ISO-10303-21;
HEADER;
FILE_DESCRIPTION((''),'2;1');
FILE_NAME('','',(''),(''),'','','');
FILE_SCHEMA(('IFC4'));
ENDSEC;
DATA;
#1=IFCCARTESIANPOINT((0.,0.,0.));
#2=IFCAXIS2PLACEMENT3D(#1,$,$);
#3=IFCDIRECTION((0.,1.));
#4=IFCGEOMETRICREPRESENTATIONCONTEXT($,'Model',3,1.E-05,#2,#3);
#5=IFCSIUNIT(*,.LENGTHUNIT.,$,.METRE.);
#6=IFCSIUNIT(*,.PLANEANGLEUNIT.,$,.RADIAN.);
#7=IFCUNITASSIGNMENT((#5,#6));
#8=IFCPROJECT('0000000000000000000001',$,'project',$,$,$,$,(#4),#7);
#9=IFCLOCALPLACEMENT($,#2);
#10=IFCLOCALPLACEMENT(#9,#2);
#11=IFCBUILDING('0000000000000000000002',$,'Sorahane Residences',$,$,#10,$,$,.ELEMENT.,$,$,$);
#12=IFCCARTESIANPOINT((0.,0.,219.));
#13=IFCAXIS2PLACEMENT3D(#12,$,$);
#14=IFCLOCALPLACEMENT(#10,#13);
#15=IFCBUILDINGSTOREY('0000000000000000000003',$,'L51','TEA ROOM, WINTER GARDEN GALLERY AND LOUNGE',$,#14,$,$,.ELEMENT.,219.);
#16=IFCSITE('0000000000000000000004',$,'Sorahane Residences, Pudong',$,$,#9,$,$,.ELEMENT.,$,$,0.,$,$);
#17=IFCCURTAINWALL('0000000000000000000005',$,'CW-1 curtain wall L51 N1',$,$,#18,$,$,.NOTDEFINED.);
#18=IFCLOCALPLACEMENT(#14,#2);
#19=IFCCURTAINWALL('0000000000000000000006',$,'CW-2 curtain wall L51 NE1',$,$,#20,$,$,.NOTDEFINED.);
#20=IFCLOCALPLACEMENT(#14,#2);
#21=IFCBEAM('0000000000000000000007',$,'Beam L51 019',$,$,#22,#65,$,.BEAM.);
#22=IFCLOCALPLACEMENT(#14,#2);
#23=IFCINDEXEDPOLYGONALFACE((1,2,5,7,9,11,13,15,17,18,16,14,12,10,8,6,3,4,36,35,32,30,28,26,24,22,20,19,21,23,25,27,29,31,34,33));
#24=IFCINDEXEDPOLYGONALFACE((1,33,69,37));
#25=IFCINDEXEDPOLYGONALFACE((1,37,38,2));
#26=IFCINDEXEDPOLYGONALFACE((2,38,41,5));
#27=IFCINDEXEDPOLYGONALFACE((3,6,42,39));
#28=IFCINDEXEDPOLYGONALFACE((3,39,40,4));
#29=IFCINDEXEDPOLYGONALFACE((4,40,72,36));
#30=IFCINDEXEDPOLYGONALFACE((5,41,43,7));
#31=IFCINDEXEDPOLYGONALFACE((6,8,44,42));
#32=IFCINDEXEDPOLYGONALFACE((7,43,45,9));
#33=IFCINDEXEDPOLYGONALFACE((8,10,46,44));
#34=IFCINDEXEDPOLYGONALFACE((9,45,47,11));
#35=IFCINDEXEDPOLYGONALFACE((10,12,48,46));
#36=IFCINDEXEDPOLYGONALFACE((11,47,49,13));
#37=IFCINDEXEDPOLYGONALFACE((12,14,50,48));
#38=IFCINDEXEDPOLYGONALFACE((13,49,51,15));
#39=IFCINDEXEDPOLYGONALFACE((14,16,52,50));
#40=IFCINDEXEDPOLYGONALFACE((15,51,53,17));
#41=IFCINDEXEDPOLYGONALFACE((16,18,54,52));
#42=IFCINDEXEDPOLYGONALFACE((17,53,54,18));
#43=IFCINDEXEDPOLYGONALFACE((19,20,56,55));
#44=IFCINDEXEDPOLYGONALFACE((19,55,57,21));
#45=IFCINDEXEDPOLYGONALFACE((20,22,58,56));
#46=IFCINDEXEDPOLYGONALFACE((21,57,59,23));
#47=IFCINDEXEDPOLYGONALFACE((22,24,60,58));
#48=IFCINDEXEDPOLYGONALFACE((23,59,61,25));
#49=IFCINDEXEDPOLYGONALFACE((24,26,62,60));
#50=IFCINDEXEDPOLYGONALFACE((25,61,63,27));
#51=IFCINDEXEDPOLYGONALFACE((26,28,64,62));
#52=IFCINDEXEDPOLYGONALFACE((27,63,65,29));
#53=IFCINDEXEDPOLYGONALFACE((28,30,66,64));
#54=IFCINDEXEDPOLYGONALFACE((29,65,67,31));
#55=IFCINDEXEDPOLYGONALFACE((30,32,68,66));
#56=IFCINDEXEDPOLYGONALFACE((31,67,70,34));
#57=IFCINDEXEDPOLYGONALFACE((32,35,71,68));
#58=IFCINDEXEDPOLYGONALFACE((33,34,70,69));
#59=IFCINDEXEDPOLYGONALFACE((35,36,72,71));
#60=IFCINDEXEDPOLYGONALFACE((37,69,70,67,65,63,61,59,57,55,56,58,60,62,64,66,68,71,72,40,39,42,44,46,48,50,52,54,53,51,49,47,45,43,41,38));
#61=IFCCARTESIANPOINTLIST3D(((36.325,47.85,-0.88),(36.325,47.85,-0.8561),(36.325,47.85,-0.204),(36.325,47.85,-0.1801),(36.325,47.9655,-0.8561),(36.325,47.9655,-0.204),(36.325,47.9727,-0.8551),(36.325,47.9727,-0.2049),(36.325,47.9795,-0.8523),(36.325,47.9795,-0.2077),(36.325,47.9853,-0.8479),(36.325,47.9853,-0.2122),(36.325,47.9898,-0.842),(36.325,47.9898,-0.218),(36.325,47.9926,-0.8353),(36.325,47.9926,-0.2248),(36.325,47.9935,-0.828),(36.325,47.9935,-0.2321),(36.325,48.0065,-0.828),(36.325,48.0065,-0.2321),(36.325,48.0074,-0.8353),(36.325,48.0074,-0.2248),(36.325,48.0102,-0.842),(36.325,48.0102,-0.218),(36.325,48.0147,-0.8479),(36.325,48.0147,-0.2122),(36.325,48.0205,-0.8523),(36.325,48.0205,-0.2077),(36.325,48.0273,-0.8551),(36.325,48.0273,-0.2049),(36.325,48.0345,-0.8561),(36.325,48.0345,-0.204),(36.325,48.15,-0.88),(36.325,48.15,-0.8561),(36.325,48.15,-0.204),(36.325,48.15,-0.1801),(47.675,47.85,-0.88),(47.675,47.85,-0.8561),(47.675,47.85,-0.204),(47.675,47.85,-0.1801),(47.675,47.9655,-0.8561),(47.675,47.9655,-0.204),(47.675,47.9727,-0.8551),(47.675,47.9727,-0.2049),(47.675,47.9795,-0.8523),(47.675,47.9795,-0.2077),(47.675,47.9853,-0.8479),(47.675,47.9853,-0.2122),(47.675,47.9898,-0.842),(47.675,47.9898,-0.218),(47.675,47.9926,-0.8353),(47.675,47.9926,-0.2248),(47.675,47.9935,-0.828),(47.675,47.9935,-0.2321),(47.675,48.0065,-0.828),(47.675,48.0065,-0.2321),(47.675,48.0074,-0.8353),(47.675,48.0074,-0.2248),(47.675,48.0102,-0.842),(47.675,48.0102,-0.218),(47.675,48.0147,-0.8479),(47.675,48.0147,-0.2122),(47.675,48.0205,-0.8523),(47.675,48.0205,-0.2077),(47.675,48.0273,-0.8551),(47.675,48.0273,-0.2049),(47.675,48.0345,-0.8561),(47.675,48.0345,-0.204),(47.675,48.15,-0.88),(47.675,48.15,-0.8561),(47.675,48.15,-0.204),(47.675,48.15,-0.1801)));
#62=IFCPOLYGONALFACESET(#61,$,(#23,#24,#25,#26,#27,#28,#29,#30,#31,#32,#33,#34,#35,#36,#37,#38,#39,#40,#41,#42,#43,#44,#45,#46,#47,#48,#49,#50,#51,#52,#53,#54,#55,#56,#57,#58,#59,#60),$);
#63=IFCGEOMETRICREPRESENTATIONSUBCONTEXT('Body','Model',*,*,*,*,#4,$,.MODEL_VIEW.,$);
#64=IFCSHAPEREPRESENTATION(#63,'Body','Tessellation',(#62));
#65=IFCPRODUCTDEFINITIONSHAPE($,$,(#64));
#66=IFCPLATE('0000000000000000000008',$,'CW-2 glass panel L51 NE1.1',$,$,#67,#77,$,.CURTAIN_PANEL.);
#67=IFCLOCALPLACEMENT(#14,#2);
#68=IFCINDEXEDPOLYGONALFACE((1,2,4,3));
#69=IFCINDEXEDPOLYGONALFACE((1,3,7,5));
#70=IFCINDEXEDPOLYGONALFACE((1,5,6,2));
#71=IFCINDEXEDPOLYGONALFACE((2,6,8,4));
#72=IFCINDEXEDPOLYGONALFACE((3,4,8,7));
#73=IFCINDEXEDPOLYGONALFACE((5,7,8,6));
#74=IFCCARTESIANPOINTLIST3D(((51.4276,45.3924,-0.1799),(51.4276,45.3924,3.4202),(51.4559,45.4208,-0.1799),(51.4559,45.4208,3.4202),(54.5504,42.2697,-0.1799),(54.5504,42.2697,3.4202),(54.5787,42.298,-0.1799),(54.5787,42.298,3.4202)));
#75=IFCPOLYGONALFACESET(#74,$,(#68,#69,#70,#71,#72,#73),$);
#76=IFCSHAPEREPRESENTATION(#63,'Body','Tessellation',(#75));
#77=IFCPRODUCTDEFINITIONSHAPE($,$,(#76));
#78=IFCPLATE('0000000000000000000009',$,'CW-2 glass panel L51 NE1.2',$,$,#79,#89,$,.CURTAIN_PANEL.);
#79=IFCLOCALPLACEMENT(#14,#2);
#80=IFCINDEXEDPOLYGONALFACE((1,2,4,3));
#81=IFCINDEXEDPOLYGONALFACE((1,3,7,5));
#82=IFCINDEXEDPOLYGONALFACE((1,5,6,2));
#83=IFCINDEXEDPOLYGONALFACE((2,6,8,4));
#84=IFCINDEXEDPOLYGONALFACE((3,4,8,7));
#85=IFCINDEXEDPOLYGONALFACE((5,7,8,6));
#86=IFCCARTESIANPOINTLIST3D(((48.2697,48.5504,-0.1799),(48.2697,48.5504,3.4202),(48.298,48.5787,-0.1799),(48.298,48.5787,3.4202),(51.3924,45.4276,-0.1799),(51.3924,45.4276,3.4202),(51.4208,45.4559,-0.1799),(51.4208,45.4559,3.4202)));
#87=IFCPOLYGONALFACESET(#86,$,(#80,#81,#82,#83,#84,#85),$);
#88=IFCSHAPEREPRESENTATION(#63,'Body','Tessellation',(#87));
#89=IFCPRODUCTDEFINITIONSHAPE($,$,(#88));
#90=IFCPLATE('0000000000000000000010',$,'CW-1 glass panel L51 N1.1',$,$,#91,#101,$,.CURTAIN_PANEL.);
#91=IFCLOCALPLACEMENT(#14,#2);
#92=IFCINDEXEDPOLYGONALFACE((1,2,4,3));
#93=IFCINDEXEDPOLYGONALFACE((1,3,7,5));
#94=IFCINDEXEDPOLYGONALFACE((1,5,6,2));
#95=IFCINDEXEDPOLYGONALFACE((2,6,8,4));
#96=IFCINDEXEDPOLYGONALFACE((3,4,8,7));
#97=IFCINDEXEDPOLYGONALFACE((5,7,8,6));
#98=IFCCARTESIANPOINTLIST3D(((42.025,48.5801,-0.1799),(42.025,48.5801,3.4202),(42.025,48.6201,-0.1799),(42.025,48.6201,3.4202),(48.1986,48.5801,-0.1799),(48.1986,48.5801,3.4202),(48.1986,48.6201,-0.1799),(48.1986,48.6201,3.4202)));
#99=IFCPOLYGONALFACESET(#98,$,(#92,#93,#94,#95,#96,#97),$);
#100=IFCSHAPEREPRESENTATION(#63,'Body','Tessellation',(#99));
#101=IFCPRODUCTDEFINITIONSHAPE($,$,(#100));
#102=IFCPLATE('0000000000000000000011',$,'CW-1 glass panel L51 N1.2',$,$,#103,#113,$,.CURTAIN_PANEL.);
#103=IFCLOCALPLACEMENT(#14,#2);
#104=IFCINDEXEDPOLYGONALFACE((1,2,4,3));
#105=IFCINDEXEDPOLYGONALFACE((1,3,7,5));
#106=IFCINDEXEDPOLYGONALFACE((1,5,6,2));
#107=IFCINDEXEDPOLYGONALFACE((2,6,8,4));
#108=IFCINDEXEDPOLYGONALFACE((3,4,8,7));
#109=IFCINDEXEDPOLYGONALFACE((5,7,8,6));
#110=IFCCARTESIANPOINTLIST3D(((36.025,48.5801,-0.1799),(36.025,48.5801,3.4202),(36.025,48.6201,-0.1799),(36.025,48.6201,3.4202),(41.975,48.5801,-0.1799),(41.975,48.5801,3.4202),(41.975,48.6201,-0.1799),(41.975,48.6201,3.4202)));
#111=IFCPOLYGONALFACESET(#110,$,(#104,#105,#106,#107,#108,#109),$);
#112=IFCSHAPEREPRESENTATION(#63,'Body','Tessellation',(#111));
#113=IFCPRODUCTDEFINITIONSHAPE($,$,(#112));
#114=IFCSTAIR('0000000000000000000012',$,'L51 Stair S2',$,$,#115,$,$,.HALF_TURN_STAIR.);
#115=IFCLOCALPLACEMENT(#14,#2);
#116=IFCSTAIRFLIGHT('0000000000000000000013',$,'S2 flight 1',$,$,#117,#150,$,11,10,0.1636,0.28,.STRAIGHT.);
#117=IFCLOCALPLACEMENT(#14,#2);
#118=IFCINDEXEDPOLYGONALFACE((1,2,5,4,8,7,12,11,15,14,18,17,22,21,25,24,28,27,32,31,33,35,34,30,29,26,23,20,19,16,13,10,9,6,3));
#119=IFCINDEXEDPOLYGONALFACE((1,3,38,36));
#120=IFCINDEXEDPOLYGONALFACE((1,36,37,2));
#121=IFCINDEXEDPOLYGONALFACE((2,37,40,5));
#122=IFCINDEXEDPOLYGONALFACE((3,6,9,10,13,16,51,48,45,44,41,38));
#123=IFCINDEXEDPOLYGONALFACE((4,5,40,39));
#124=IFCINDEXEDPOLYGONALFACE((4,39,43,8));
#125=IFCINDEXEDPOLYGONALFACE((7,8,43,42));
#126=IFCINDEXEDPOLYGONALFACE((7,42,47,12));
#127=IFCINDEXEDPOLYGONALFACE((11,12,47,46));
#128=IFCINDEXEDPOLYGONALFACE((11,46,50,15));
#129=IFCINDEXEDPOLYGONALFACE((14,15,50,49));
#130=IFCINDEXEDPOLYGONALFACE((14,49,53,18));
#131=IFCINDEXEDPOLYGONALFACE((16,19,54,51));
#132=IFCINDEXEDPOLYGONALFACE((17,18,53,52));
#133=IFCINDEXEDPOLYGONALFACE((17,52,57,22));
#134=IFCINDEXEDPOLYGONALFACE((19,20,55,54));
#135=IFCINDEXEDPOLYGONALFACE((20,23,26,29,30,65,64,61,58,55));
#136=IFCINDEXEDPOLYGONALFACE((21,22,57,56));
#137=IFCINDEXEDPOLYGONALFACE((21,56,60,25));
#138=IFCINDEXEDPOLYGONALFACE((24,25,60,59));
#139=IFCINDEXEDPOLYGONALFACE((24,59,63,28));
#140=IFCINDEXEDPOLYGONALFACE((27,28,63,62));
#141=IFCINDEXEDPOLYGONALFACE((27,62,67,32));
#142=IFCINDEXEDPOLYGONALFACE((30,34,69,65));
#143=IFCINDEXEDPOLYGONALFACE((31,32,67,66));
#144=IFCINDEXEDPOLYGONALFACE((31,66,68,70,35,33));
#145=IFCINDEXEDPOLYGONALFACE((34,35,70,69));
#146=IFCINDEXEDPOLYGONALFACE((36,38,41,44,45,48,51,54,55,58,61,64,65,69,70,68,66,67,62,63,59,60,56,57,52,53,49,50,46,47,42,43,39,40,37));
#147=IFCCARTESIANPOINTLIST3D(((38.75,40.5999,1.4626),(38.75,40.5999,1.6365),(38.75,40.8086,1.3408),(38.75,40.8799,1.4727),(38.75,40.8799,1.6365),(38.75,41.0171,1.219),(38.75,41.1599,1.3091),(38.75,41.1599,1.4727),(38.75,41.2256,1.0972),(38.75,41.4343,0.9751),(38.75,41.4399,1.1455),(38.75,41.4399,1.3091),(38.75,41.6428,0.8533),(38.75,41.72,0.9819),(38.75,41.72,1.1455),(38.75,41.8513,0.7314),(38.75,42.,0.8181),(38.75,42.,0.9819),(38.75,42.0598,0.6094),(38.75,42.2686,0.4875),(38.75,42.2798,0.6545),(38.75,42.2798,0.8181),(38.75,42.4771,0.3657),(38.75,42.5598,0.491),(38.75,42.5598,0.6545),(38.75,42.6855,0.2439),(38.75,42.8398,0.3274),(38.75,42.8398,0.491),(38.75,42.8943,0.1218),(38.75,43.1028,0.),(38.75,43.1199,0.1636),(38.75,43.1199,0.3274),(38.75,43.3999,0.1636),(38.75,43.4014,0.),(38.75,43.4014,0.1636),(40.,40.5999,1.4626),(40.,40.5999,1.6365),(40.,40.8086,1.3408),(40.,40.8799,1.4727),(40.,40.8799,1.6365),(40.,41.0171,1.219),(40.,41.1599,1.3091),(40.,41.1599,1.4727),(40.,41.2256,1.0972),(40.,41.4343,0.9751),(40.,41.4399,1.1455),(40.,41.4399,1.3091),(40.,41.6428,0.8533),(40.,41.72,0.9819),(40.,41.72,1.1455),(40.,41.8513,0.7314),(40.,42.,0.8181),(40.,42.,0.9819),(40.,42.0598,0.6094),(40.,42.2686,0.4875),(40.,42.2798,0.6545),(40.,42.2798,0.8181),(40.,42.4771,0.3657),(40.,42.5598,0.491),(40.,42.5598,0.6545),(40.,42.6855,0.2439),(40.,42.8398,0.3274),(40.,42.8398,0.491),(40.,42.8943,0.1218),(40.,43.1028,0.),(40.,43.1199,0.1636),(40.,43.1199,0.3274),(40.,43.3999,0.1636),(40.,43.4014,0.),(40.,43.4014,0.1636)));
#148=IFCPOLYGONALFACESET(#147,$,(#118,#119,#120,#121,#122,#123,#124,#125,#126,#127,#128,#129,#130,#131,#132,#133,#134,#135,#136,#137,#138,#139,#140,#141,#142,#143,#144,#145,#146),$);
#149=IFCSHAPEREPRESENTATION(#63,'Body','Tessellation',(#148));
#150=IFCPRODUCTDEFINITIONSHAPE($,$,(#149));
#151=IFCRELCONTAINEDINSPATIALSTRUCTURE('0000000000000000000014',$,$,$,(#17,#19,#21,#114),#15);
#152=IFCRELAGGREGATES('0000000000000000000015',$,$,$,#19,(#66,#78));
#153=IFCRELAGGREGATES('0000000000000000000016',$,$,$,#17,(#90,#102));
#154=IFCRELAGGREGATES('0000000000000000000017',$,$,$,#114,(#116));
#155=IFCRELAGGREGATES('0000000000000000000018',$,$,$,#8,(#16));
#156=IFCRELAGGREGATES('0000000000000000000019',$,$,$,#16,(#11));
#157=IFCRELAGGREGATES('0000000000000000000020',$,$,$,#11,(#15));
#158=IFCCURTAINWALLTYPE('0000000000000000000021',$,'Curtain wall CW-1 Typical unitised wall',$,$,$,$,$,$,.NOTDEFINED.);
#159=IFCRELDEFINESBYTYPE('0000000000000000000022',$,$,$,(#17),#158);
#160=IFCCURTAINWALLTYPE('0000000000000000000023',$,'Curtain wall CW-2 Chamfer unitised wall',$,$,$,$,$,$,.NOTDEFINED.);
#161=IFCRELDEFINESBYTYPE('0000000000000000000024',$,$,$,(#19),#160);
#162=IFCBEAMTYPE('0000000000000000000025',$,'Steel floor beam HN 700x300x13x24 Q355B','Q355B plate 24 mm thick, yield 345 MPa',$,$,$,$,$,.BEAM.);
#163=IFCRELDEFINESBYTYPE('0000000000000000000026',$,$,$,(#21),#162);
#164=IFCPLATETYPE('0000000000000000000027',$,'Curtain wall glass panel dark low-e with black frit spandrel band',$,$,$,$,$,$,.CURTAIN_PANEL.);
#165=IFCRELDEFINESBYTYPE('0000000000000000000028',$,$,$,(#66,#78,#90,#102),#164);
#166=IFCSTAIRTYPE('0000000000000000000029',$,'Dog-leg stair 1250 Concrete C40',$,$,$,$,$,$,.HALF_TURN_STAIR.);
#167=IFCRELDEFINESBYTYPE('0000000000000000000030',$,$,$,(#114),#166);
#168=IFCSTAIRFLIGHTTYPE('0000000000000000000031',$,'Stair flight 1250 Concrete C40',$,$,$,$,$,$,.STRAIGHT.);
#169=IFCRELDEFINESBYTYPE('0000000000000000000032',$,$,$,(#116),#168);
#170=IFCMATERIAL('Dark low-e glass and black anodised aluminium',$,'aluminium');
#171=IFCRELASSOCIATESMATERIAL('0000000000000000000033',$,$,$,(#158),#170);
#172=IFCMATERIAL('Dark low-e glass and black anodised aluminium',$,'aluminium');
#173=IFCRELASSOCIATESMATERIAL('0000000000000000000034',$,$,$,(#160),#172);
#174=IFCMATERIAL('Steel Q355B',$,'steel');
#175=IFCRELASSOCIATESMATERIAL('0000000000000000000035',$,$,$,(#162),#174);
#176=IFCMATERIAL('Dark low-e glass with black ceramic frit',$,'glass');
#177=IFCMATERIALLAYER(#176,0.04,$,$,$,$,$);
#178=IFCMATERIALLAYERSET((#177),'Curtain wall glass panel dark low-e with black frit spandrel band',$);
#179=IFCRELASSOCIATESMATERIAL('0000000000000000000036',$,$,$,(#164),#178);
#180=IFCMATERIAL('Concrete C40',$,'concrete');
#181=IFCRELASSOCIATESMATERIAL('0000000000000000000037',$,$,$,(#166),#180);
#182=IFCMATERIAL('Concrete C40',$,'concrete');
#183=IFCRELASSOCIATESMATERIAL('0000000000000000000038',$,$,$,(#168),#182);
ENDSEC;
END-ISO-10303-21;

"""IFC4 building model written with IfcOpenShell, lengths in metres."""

from ifc_helpers import new_model, si_unit, direction, frame, origin, origin_2d, place, context, subcontext, project, spatial, polyline, rectangle, i_section, outline, extrude, material, layer, layer_set, material_profile, profile_set, type_object, element, aggregate, save


model = new_model("IFC4")

# Units and contexts
model_context = context("Model", 3, precision=1e-05, world=origin(), true_north=direction((0.0, 1.0)))
body_context = subcontext(model_context, "Body", "Model", "MODEL_VIEW")
ifc_project = project(units=[si_unit("LENGTHUNIT", "METRE"), si_unit("PLANEANGLEUNIT", "RADIAN")], contexts=[model_context])

# Site, building, storey
site_placement = place(None, origin())
site = spatial("IfcSite", under=ifc_project, at=site_placement, Name="Sorahane Residences, Pudong", CompositionType="ELEMENT", RefElevation=0.0)
building_placement = place(site_placement, origin())
building = spatial("IfcBuilding", under=site, at=building_placement, Name="Sorahane Residences", CompositionType="ELEMENT")
storey_placement = place(building_placement, frame((0.0, 0.0, 219.0)))
storey = spatial("IfcBuildingStorey", under=building, at=storey_placement, Name="L51", Description="TEA ROOM, WINTER GARDEN GALLERY AND LOUNGE", CompositionType="ELEMENT", Elevation=219.0)

# Curtain wall
ifc_material_1 = material(Name="Dark low-e glass and black anodised aluminium", Category="aluminium")
curtain_wall_type_1 = type_object("IfcCurtainWallType", Name="Curtain wall CW-1 Typical unitised wall", PredefinedType="NOTDEFINED", material=ifc_material_1)
curtain_wall_1_placement = place(storey_placement, origin())
curtain_wall_1 = element("IfcCurtainWall", 1, at=curtain_wall_1_placement, inside=storey, type_object=curtain_wall_type_1, Name="CW-1 curtain wall L51 N1", PredefinedType="NOTDEFINED")

# Curtain wall
ifc_material_2 = material(Name="Dark low-e glass and black anodised aluminium", Category="aluminium")
curtain_wall_type_2 = type_object("IfcCurtainWallType", Name="Curtain wall CW-2 Chamfer unitised wall", PredefinedType="NOTDEFINED", material=ifc_material_2)
curtain_wall_2_placement = place(storey_placement, origin())
curtain_wall_2 = element("IfcCurtainWall", 2, at=curtain_wall_2_placement, inside=storey, type_object=curtain_wall_type_2, Name="CW-2 curtain wall L51 NE1", PredefinedType="NOTDEFINED")

# Beam
ifc_material_3 = material(Name="Steel Q355B", Category="steel")
ifc_material_profile_1 = material_profile(ifc_material_3, i_section(OverallWidth=0.3, OverallDepth=0.7, WebThickness=0.0129, FlangeThickness=0.0239, FilletRadius=0.0281, at=origin_2d()), Name="HN 700x300x13x24")
ifc_profile_set_1 = profile_set([ifc_material_profile_1], Name="Steel Q355B")
beam_type_1 = type_object("IfcBeamType", Name="Steel floor beam HN 700x300x13x24 Q355B", Description="Q355B plate 24 mm thick, yield 345 MPa", PredefinedType="BEAM", material=ifc_profile_set_1)
beam_1_placement = place(storey_placement, frame((36.325, 48.0, -0.53), z_axis=(1.0, 0.0, 0.0), x_axis=(0.0, 1.0, 0.0)))
element("IfcBeam", 3, at=beam_1_placement, inside=storey, type_object=beam_type_1, Name="Beam L51 019", PredefinedType="BEAM", context=body_context, shape_type="SweptSolid", body=[
    extrude(i_section(OverallWidth=0.3, OverallDepth=0.7, WebThickness=0.0129, FlangeThickness=0.0239, FilletRadius=0.0281, at=origin_2d()), origin(), (0.0, 0.0, 1.0), 11.3501),
])

# Plates
ifc_material_4 = material(Name="Dark low-e glass with black ceramic frit", Category="glass")
ifc_layer_1 = layer(ifc_material_4, 0.04)
ifc_layer_set_1 = layer_set([ifc_layer_1], Name="Curtain wall glass panel dark low-e with black frit spandrel band")
plate_type = type_object("IfcPlateType", Name="Curtain wall glass panel dark low-e with black frit spandrel band", PredefinedType="CURTAIN_PANEL", material=ifc_layer_set_1)
plate_1_placement = place(storey_placement, frame((53.0032, 43.8452, -0.1799), z_axis=(0.0, 0.0, 1.0), x_axis=(-0.707107, 0.707107, 0.0)))
plate_1 = element("IfcPlate", 4, at=plate_1_placement, type_object=plate_type, Name="CW-2 glass panel L51 NE1.1", PredefinedType="CURTAIN_PANEL", context=body_context, shape_type="SweptSolid", body=[
    extrude(rectangle(XDim=4.4163, YDim=0.04, at=origin_2d()), origin(), (0.0, 0.0, 1.0), 3.6001),
])
plate_2_placement = place(storey_placement, frame((49.8452, 47.0032, -0.1799), z_axis=(0.0, 0.0, 1.0), x_axis=(-0.707107, 0.707107, 0.0)))
plate_2 = element("IfcPlate", 5, at=plate_2_placement, type_object=plate_type, Name="CW-2 glass panel L51 NE1.2", PredefinedType="CURTAIN_PANEL", context=body_context, shape_type="SweptSolid", body=[
    extrude(rectangle(XDim=4.4163, YDim=0.04, at=origin_2d()), origin(), (0.0, 0.0, 1.0), 3.6001),
])
aggregate(curtain_wall_2, [plate_1, plate_2])
plate_3_placement = place(storey_placement, frame((45.1118, 48.6001, -0.1799), z_axis=(0.0, 0.0, 1.0), x_axis=(-1.0, 0.0, 0.0)))
plate_3 = element("IfcPlate", 6, at=plate_3_placement, type_object=plate_type, Name="CW-1 glass panel L51 N1.1", PredefinedType="CURTAIN_PANEL", context=body_context, shape_type="SweptSolid", body=[
    extrude(rectangle(XDim=6.1736, YDim=0.04, at=origin_2d()), origin(), (0.0, 0.0, 1.0), 3.6001),
])
plate_4_placement = place(storey_placement, frame((39.0, 48.6001, -0.1799), z_axis=(0.0, 0.0, 1.0), x_axis=(-1.0, 0.0, 0.0)))
plate_4 = element("IfcPlate", 7, at=plate_4_placement, type_object=plate_type, Name="CW-1 glass panel L51 N1.2", PredefinedType="CURTAIN_PANEL", context=body_context, shape_type="SweptSolid", body=[
    extrude(rectangle(XDim=5.95, YDim=0.04, at=origin_2d()), origin(), (0.0, 0.0, 1.0), 3.6001),
])
aggregate(curtain_wall_1, [plate_3, plate_4])

# Stair, stair flight
ifc_material_5 = material(Name="Concrete C40", Category="concrete")
stair_type = type_object("IfcStairType", Name="Dog-leg stair 1250 Concrete C40", PredefinedType="HALF_TURN_STAIR", material=ifc_material_5)
stair_placement = place(storey_placement, origin())
stair = element("IfcStair", 8, at=stair_placement, inside=storey, type_object=stair_type, Name="L51 Stair S2", PredefinedType="HALF_TURN_STAIR")
ifc_material_6 = material(Name="Concrete C40", Category="concrete")
stair_flight_type = type_object("IfcStairFlightType", Name="Stair flight 1250 Concrete C40", PredefinedType="STRAIGHT", material=ifc_material_6)
stair_flight_placement = place(storey_placement, frame((39.375, 43.3999, 0.0), z_axis=(0.0, 0.0, 1.0), x_axis=(0.0, -1.0, 0.0)))
stair_flight = element("IfcStairFlight", 9, at=stair_flight_placement, type_object=stair_flight_type, Name="S2 flight 1", NumberOfRisers=11, NumberOfTreads=10, PredefinedType="STRAIGHT", RiserHeight=0.1636, TreadLength=0.28, context=body_context, shape_type="SweptSolid", body=[
    extrude(outline(polyline([(-0.0015, 0.0), (-0.0015, 0.1636), (0.0, 0.1636), (0.28, 0.1636), (0.28, 0.3274), (0.5601, 0.3274), (0.5601, 0.491), (0.8401, 0.491), (0.8401, 0.6545), (1.1201, 0.6545), (1.1201, 0.8181), (1.3999, 0.8181), (1.3999, 0.9819), (1.6799, 0.9819), (1.6799, 1.1455), (1.96, 1.1455), (1.96, 1.3091), (2.24, 1.3091), (2.24, 1.4727), (2.52, 1.4727), (2.52, 1.6365), (2.8, 1.6365), (2.8, 1.8), (2.8, 1.4626), (2.5913, 1.3408), (2.3828, 1.219), (2.1743, 1.0972), (1.9656, 0.9751), (1.7571, 0.8533), (1.5486, 0.7314), (1.3401, 0.6094), (1.1313, 0.4875), (0.9229, 0.3657), (0.7144, 0.2439), (0.5056, 0.1218), (0.2971, 0.0), (-0.0015, 0.0)])), frame((0.0, 0.625, 0.0), z_axis=(0.0, -1.0, 0.0), x_axis=(1.0, 0.0, 0.0)), (0.0, 0.0, 1.0), 1.25),
])
aggregate(stair, [stair_flight])

save(model, "model.ifc")
